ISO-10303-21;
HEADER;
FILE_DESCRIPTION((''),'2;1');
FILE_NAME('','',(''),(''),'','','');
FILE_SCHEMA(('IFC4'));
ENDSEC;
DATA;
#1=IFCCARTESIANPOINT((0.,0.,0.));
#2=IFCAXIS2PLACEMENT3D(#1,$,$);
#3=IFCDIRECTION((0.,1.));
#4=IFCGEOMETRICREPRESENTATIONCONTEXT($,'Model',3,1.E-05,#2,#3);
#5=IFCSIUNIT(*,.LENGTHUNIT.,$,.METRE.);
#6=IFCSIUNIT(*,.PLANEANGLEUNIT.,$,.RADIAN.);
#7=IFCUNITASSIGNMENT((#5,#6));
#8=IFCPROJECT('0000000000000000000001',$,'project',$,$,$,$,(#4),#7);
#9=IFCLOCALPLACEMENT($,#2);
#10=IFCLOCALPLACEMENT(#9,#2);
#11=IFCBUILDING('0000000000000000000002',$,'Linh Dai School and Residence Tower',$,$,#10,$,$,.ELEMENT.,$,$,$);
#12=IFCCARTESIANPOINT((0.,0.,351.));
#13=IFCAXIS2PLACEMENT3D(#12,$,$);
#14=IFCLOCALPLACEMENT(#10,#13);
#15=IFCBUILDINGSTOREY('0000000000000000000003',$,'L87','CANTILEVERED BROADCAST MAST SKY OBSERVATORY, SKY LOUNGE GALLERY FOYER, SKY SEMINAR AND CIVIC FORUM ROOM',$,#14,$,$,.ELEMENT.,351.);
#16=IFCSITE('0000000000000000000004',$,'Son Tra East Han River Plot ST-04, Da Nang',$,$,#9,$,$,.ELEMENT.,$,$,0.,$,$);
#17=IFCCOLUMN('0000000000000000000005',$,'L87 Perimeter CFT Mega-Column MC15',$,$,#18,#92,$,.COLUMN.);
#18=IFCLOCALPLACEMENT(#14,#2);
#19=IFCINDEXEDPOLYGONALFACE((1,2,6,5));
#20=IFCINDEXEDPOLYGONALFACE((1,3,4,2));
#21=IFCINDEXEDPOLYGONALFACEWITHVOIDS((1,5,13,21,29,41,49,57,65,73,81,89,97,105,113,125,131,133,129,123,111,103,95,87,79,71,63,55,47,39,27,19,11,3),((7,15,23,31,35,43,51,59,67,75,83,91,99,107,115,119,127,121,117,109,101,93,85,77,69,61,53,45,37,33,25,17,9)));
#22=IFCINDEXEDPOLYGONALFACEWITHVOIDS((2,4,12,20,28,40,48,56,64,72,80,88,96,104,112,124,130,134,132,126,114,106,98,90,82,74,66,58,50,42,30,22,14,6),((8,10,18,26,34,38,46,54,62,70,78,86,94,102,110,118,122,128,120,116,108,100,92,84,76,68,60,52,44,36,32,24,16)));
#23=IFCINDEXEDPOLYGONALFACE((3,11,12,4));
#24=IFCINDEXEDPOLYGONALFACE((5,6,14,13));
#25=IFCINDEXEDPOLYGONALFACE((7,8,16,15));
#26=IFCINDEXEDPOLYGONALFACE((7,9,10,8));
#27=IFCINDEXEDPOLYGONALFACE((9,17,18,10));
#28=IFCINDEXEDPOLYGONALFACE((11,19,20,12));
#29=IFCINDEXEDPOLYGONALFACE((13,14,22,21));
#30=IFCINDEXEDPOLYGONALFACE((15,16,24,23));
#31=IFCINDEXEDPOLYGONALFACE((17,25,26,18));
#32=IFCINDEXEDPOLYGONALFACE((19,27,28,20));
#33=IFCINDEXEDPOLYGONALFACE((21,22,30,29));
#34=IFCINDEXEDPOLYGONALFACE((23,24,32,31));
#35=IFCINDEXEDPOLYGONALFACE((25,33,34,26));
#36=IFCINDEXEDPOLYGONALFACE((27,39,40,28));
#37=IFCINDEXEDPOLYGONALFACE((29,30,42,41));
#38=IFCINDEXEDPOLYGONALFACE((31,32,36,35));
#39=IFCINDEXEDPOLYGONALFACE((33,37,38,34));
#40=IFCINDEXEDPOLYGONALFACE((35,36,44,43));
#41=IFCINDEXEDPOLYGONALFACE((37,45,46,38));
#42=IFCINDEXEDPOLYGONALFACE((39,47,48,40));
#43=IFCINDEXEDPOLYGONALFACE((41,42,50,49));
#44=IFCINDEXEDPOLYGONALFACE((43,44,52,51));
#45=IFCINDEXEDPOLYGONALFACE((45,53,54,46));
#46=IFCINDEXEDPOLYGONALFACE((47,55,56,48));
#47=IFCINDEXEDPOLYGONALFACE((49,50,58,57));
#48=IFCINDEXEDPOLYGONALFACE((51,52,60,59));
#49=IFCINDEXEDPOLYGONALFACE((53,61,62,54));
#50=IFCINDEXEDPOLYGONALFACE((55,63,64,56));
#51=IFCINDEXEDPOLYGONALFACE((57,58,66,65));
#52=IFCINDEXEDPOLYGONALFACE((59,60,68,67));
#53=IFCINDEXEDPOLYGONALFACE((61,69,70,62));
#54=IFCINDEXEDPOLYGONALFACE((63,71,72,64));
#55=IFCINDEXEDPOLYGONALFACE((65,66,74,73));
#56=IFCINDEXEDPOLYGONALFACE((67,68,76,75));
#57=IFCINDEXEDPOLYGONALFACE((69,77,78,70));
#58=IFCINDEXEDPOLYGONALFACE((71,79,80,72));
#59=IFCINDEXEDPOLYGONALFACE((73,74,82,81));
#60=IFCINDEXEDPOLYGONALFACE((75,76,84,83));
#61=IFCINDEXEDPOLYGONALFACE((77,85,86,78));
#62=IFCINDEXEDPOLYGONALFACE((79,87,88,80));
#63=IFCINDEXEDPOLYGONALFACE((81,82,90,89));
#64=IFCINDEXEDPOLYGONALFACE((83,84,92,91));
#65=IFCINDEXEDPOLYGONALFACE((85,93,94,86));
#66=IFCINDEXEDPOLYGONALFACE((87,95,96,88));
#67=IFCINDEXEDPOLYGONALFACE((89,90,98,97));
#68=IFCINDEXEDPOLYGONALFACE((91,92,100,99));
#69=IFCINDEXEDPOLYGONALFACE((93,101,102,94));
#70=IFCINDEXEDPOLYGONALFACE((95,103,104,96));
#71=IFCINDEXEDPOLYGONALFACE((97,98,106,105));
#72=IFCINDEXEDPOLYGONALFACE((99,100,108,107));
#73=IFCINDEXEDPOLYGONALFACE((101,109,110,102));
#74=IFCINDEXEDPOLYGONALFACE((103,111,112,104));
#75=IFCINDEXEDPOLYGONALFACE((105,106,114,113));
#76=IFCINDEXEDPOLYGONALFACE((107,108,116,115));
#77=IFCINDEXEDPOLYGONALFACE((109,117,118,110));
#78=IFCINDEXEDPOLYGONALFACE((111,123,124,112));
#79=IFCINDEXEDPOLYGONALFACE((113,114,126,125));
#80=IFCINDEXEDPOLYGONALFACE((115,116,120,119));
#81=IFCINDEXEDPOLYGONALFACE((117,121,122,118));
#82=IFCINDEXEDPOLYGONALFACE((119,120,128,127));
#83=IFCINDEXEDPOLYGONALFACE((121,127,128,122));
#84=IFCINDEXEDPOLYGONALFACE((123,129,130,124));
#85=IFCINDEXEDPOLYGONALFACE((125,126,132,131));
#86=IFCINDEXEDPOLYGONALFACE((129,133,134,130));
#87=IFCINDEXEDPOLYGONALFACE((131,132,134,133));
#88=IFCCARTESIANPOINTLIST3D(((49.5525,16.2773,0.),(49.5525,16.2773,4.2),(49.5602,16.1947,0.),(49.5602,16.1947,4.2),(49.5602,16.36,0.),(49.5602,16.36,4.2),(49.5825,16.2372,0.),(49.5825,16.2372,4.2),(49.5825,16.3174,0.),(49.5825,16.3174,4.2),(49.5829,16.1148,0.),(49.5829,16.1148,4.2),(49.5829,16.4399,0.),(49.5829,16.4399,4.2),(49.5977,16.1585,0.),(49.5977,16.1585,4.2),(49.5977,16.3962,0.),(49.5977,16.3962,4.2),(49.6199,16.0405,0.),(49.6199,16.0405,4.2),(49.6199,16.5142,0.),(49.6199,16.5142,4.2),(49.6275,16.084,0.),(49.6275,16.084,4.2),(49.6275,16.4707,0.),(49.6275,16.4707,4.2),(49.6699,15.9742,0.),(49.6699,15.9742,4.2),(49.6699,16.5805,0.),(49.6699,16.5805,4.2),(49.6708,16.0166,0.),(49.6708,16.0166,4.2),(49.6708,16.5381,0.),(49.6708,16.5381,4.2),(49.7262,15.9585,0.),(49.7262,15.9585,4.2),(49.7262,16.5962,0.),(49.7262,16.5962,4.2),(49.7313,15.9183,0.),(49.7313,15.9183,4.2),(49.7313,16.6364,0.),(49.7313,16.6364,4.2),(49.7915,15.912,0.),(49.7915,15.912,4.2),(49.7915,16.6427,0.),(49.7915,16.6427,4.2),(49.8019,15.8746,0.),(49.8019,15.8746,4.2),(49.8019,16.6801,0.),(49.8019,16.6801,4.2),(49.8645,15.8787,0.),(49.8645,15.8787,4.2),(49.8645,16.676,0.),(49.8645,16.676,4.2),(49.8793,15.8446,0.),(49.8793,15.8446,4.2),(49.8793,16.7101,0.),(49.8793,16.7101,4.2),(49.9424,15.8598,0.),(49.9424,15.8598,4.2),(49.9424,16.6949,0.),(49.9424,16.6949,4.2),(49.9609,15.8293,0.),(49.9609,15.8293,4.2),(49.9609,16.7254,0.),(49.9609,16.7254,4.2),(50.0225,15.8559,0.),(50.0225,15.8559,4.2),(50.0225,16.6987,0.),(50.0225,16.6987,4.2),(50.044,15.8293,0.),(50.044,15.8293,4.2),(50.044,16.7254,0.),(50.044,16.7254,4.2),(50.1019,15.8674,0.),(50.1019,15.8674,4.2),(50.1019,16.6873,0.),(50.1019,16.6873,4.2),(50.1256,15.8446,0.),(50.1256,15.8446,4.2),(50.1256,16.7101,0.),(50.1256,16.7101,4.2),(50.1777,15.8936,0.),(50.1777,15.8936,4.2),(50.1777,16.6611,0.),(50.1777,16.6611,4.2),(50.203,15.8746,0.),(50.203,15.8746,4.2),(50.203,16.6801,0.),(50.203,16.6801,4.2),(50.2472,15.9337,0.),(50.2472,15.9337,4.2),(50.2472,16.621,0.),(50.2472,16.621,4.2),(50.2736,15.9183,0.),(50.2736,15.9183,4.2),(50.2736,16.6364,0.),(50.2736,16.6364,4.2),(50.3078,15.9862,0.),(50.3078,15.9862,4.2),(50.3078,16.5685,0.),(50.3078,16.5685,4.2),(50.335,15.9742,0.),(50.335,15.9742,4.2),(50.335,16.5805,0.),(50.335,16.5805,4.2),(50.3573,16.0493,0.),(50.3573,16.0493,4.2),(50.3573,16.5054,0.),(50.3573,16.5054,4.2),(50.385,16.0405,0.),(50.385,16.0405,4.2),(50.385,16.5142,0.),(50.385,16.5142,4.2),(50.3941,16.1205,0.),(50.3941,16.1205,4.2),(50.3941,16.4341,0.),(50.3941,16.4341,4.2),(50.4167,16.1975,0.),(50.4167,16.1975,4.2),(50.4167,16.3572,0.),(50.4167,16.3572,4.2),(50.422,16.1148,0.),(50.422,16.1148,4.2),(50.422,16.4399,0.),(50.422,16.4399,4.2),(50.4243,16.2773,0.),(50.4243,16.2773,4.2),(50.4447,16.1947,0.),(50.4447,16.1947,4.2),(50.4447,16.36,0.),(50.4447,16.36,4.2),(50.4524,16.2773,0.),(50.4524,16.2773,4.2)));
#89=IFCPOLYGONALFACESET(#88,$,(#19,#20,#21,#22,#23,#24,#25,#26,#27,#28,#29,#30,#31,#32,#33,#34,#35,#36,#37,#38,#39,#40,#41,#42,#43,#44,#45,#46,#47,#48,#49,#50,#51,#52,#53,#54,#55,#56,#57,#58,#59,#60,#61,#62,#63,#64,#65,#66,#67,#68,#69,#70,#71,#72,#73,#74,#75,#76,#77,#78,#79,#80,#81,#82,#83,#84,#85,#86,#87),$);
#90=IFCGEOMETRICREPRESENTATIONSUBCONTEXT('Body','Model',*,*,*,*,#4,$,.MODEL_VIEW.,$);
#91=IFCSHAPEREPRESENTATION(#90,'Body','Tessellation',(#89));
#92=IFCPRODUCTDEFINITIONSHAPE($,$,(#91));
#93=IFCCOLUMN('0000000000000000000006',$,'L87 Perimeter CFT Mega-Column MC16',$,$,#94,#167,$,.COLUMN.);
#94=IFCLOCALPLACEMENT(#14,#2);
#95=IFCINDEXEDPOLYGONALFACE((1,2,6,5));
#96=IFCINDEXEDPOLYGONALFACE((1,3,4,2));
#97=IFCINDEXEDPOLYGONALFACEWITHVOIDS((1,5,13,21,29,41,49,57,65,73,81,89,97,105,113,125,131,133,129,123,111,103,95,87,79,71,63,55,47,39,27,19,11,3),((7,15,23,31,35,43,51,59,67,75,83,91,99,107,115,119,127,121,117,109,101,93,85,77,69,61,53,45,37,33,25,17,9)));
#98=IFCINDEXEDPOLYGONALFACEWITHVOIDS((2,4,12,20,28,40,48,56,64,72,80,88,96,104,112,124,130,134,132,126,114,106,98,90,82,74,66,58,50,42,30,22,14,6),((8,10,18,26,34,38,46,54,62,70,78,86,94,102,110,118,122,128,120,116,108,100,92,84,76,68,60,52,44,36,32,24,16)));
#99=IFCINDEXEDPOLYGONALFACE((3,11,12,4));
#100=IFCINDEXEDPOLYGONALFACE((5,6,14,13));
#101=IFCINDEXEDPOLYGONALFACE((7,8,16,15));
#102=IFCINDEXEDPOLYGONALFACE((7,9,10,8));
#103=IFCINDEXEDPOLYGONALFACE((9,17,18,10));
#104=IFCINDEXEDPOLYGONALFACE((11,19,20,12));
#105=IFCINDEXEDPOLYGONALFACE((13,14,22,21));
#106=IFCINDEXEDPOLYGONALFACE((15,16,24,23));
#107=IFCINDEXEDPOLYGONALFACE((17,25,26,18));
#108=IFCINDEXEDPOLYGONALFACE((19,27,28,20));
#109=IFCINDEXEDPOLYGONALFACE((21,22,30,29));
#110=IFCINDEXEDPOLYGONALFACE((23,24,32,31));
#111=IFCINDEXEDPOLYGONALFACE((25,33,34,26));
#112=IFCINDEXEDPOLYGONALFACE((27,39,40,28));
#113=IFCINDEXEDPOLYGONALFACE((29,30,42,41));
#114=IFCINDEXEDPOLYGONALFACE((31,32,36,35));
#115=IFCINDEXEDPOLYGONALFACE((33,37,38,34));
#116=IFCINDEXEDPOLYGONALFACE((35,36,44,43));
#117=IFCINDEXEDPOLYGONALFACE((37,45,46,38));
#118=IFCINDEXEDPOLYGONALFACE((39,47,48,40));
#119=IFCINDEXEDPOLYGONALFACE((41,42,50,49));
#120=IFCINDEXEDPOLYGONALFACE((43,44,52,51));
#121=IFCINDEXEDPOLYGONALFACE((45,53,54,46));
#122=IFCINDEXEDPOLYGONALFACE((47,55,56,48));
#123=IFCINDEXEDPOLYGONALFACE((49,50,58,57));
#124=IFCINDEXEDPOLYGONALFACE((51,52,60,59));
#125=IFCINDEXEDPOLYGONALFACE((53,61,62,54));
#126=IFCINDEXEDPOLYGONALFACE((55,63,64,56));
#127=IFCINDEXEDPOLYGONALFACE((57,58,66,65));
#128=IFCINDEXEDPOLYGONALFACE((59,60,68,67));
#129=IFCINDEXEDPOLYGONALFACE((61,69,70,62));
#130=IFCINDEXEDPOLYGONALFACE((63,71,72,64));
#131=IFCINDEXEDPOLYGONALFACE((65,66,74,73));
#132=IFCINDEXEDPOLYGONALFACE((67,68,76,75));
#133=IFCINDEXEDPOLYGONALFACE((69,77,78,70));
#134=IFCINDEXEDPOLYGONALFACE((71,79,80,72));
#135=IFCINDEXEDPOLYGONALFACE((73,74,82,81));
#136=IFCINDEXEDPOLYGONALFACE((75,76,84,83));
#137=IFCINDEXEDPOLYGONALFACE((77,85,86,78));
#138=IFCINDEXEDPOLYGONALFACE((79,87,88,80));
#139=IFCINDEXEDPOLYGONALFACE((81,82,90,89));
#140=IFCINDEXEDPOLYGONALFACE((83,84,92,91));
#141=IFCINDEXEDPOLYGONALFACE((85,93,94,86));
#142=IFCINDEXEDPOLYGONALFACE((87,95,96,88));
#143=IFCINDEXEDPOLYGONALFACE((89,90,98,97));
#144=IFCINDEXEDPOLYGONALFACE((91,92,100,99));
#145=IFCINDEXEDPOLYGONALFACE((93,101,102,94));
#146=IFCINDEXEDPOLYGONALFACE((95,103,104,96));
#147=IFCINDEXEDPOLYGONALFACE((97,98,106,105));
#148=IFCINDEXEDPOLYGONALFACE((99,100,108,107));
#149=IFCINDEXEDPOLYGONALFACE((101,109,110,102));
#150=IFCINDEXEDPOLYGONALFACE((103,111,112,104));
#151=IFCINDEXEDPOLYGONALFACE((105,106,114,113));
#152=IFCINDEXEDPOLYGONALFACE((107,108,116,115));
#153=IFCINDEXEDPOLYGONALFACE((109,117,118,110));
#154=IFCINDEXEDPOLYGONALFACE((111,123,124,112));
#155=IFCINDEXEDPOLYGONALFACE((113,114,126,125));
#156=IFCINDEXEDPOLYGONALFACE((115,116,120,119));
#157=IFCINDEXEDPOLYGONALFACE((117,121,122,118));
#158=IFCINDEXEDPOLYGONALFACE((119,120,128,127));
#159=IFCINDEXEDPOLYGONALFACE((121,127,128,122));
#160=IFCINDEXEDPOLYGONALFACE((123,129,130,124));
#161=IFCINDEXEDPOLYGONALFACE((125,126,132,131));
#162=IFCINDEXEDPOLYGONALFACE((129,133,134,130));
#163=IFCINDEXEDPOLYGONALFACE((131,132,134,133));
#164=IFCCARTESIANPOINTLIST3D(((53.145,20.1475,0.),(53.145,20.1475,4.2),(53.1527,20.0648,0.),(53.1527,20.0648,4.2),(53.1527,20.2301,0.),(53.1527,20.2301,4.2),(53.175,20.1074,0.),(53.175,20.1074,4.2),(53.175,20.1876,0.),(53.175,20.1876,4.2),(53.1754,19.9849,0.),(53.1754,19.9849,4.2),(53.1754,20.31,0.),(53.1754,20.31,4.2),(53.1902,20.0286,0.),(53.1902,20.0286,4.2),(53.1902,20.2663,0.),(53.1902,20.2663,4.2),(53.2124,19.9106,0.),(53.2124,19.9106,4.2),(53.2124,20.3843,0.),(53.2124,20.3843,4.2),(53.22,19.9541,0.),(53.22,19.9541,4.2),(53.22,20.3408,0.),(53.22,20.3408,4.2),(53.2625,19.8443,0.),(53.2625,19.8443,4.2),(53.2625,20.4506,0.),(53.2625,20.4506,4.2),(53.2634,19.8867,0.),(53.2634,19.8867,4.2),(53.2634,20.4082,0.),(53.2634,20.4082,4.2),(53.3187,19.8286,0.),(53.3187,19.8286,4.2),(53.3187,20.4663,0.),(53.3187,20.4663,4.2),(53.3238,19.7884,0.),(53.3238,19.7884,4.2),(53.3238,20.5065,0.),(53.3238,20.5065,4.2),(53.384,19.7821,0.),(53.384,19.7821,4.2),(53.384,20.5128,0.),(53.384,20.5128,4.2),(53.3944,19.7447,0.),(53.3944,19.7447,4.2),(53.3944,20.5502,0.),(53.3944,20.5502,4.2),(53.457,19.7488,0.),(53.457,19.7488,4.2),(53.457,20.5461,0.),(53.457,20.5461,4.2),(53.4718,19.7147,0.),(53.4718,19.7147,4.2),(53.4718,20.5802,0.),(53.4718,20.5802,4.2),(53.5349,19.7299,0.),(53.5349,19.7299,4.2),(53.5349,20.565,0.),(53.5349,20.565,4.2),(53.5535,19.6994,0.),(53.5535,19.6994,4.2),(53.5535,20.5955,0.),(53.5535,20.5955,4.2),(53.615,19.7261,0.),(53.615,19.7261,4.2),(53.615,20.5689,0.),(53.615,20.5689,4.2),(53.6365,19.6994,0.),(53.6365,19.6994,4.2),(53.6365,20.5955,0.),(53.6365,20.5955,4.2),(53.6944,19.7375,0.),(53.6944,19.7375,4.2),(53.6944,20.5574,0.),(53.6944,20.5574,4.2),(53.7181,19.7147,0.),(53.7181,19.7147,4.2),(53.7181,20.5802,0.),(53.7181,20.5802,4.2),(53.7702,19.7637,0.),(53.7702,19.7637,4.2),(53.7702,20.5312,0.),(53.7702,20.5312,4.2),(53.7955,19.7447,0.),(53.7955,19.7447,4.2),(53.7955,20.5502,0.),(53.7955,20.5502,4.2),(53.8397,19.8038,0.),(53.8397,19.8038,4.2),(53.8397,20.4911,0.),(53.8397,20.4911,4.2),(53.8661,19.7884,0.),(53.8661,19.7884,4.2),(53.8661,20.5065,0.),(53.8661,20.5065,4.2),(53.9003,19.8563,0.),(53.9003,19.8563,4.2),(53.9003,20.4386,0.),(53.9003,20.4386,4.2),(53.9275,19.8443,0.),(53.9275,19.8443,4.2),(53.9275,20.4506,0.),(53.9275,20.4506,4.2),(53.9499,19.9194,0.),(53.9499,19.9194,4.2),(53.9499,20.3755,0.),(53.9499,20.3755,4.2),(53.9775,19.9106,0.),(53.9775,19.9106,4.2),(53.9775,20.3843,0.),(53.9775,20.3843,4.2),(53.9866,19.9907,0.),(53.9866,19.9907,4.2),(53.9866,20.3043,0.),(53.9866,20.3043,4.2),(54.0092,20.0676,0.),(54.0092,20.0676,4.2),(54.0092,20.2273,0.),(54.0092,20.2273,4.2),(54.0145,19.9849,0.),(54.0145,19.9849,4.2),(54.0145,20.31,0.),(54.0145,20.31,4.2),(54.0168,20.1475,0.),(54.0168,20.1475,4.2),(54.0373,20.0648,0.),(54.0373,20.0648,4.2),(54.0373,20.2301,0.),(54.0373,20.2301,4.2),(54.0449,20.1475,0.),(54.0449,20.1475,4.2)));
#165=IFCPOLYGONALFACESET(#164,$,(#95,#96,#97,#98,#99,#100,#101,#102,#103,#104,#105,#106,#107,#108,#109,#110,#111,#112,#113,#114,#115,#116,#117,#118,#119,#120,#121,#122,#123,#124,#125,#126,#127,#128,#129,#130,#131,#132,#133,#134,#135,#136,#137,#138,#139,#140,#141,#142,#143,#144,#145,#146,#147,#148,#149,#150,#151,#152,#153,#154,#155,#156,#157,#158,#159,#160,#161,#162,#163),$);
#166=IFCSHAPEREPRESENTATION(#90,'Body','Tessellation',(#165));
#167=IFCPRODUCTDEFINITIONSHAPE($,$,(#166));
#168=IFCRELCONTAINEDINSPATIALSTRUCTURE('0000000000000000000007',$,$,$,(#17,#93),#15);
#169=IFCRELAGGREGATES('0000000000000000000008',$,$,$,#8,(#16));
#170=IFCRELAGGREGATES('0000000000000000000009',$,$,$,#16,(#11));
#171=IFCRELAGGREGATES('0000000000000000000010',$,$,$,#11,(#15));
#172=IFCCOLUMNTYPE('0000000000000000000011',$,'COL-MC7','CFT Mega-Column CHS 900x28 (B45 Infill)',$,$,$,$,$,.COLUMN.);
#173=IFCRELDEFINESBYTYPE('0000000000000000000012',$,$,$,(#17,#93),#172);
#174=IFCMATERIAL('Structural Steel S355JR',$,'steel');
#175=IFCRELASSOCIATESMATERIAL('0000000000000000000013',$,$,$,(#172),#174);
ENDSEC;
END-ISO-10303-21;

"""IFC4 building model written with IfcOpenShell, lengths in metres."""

from ifc_helpers import new_model, si_unit, direction, frame, origin, origin_2d, place, context, subcontext, project, spatial, hollow_circle, extrude, material, material_profile, profile_set, type_object, element, save


model = new_model("IFC4")

# Units and contexts
model_context = context("Model", 3, precision=1e-05, world=origin(), true_north=direction((0.0, 1.0)))
body_context = subcontext(model_context, "Body", "Model", "MODEL_VIEW")
ifc_project = project(units=[si_unit("LENGTHUNIT", "METRE"), si_unit("PLANEANGLEUNIT", "RADIAN")], contexts=[model_context])

# Site, building, storey
site_placement = place(None, origin())
site = spatial("IfcSite", under=ifc_project, at=site_placement, Name="Son Tra East Han River Plot ST-04, Da Nang", CompositionType="ELEMENT", RefElevation=0.0)
building_placement = place(site_placement, origin())
building = spatial("IfcBuilding", under=site, at=building_placement, Name="Linh Dai School and Residence Tower", CompositionType="ELEMENT")
storey_placement = place(building_placement, frame((0.0, 0.0, 351.0)))
storey = spatial("IfcBuildingStorey", under=building, at=storey_placement, Name="L87", Description="CANTILEVERED BROADCAST MAST SKY OBSERVATORY, SKY LOUNGE GALLERY FOYER, SKY SEMINAR AND CIVIC FORUM ROOM", CompositionType="ELEMENT", Elevation=351.0)

# Columns
ifc_material_1 = material(Name="Structural Steel S355JR", Category="steel")
ifc_material_profile_1 = material_profile(ifc_material_1, hollow_circle(Radius=0.45, WallThickness=0.0281, at=origin_2d()), Name="CHS 900x28")
ifc_profile_set_1 = profile_set([ifc_material_profile_1], Name="Structural Steel S355JR")
column_type_1 = type_object("IfcColumnType", Name="COL-MC7", Description="CFT Mega-Column CHS 900x28 (B45 Infill)", PredefinedType="COLUMN", material=ifc_profile_set_1)
for number, where, z_axis, x_axis, name in (
    (1, (50.0024, 16.2773, 0.0), (0.0, 0.0, 1.0), (1.0, 0.0, 0.0), "L87 Perimeter CFT Mega-Column MC15"),
    (2, (53.595, 20.1475, 0.0), (0.0, 0.0, 1.0), (1.0, 0.0, 0.0), "L87 Perimeter CFT Mega-Column MC16"),
):
    element("IfcColumn", number, at=place(storey_placement, frame(where, z_axis=z_axis, x_axis=x_axis)), inside=storey, type_object=column_type_1, Name=name, PredefinedType="COLUMN", context=body_context, shape_type="SweptSolid", body=[
        extrude(hollow_circle(Radius=0.45, WallThickness=0.0281, at=origin_2d()), origin(), (0.0, 0.0, 1.0), 4.2),
    ])

save(model, "model.ifc")
